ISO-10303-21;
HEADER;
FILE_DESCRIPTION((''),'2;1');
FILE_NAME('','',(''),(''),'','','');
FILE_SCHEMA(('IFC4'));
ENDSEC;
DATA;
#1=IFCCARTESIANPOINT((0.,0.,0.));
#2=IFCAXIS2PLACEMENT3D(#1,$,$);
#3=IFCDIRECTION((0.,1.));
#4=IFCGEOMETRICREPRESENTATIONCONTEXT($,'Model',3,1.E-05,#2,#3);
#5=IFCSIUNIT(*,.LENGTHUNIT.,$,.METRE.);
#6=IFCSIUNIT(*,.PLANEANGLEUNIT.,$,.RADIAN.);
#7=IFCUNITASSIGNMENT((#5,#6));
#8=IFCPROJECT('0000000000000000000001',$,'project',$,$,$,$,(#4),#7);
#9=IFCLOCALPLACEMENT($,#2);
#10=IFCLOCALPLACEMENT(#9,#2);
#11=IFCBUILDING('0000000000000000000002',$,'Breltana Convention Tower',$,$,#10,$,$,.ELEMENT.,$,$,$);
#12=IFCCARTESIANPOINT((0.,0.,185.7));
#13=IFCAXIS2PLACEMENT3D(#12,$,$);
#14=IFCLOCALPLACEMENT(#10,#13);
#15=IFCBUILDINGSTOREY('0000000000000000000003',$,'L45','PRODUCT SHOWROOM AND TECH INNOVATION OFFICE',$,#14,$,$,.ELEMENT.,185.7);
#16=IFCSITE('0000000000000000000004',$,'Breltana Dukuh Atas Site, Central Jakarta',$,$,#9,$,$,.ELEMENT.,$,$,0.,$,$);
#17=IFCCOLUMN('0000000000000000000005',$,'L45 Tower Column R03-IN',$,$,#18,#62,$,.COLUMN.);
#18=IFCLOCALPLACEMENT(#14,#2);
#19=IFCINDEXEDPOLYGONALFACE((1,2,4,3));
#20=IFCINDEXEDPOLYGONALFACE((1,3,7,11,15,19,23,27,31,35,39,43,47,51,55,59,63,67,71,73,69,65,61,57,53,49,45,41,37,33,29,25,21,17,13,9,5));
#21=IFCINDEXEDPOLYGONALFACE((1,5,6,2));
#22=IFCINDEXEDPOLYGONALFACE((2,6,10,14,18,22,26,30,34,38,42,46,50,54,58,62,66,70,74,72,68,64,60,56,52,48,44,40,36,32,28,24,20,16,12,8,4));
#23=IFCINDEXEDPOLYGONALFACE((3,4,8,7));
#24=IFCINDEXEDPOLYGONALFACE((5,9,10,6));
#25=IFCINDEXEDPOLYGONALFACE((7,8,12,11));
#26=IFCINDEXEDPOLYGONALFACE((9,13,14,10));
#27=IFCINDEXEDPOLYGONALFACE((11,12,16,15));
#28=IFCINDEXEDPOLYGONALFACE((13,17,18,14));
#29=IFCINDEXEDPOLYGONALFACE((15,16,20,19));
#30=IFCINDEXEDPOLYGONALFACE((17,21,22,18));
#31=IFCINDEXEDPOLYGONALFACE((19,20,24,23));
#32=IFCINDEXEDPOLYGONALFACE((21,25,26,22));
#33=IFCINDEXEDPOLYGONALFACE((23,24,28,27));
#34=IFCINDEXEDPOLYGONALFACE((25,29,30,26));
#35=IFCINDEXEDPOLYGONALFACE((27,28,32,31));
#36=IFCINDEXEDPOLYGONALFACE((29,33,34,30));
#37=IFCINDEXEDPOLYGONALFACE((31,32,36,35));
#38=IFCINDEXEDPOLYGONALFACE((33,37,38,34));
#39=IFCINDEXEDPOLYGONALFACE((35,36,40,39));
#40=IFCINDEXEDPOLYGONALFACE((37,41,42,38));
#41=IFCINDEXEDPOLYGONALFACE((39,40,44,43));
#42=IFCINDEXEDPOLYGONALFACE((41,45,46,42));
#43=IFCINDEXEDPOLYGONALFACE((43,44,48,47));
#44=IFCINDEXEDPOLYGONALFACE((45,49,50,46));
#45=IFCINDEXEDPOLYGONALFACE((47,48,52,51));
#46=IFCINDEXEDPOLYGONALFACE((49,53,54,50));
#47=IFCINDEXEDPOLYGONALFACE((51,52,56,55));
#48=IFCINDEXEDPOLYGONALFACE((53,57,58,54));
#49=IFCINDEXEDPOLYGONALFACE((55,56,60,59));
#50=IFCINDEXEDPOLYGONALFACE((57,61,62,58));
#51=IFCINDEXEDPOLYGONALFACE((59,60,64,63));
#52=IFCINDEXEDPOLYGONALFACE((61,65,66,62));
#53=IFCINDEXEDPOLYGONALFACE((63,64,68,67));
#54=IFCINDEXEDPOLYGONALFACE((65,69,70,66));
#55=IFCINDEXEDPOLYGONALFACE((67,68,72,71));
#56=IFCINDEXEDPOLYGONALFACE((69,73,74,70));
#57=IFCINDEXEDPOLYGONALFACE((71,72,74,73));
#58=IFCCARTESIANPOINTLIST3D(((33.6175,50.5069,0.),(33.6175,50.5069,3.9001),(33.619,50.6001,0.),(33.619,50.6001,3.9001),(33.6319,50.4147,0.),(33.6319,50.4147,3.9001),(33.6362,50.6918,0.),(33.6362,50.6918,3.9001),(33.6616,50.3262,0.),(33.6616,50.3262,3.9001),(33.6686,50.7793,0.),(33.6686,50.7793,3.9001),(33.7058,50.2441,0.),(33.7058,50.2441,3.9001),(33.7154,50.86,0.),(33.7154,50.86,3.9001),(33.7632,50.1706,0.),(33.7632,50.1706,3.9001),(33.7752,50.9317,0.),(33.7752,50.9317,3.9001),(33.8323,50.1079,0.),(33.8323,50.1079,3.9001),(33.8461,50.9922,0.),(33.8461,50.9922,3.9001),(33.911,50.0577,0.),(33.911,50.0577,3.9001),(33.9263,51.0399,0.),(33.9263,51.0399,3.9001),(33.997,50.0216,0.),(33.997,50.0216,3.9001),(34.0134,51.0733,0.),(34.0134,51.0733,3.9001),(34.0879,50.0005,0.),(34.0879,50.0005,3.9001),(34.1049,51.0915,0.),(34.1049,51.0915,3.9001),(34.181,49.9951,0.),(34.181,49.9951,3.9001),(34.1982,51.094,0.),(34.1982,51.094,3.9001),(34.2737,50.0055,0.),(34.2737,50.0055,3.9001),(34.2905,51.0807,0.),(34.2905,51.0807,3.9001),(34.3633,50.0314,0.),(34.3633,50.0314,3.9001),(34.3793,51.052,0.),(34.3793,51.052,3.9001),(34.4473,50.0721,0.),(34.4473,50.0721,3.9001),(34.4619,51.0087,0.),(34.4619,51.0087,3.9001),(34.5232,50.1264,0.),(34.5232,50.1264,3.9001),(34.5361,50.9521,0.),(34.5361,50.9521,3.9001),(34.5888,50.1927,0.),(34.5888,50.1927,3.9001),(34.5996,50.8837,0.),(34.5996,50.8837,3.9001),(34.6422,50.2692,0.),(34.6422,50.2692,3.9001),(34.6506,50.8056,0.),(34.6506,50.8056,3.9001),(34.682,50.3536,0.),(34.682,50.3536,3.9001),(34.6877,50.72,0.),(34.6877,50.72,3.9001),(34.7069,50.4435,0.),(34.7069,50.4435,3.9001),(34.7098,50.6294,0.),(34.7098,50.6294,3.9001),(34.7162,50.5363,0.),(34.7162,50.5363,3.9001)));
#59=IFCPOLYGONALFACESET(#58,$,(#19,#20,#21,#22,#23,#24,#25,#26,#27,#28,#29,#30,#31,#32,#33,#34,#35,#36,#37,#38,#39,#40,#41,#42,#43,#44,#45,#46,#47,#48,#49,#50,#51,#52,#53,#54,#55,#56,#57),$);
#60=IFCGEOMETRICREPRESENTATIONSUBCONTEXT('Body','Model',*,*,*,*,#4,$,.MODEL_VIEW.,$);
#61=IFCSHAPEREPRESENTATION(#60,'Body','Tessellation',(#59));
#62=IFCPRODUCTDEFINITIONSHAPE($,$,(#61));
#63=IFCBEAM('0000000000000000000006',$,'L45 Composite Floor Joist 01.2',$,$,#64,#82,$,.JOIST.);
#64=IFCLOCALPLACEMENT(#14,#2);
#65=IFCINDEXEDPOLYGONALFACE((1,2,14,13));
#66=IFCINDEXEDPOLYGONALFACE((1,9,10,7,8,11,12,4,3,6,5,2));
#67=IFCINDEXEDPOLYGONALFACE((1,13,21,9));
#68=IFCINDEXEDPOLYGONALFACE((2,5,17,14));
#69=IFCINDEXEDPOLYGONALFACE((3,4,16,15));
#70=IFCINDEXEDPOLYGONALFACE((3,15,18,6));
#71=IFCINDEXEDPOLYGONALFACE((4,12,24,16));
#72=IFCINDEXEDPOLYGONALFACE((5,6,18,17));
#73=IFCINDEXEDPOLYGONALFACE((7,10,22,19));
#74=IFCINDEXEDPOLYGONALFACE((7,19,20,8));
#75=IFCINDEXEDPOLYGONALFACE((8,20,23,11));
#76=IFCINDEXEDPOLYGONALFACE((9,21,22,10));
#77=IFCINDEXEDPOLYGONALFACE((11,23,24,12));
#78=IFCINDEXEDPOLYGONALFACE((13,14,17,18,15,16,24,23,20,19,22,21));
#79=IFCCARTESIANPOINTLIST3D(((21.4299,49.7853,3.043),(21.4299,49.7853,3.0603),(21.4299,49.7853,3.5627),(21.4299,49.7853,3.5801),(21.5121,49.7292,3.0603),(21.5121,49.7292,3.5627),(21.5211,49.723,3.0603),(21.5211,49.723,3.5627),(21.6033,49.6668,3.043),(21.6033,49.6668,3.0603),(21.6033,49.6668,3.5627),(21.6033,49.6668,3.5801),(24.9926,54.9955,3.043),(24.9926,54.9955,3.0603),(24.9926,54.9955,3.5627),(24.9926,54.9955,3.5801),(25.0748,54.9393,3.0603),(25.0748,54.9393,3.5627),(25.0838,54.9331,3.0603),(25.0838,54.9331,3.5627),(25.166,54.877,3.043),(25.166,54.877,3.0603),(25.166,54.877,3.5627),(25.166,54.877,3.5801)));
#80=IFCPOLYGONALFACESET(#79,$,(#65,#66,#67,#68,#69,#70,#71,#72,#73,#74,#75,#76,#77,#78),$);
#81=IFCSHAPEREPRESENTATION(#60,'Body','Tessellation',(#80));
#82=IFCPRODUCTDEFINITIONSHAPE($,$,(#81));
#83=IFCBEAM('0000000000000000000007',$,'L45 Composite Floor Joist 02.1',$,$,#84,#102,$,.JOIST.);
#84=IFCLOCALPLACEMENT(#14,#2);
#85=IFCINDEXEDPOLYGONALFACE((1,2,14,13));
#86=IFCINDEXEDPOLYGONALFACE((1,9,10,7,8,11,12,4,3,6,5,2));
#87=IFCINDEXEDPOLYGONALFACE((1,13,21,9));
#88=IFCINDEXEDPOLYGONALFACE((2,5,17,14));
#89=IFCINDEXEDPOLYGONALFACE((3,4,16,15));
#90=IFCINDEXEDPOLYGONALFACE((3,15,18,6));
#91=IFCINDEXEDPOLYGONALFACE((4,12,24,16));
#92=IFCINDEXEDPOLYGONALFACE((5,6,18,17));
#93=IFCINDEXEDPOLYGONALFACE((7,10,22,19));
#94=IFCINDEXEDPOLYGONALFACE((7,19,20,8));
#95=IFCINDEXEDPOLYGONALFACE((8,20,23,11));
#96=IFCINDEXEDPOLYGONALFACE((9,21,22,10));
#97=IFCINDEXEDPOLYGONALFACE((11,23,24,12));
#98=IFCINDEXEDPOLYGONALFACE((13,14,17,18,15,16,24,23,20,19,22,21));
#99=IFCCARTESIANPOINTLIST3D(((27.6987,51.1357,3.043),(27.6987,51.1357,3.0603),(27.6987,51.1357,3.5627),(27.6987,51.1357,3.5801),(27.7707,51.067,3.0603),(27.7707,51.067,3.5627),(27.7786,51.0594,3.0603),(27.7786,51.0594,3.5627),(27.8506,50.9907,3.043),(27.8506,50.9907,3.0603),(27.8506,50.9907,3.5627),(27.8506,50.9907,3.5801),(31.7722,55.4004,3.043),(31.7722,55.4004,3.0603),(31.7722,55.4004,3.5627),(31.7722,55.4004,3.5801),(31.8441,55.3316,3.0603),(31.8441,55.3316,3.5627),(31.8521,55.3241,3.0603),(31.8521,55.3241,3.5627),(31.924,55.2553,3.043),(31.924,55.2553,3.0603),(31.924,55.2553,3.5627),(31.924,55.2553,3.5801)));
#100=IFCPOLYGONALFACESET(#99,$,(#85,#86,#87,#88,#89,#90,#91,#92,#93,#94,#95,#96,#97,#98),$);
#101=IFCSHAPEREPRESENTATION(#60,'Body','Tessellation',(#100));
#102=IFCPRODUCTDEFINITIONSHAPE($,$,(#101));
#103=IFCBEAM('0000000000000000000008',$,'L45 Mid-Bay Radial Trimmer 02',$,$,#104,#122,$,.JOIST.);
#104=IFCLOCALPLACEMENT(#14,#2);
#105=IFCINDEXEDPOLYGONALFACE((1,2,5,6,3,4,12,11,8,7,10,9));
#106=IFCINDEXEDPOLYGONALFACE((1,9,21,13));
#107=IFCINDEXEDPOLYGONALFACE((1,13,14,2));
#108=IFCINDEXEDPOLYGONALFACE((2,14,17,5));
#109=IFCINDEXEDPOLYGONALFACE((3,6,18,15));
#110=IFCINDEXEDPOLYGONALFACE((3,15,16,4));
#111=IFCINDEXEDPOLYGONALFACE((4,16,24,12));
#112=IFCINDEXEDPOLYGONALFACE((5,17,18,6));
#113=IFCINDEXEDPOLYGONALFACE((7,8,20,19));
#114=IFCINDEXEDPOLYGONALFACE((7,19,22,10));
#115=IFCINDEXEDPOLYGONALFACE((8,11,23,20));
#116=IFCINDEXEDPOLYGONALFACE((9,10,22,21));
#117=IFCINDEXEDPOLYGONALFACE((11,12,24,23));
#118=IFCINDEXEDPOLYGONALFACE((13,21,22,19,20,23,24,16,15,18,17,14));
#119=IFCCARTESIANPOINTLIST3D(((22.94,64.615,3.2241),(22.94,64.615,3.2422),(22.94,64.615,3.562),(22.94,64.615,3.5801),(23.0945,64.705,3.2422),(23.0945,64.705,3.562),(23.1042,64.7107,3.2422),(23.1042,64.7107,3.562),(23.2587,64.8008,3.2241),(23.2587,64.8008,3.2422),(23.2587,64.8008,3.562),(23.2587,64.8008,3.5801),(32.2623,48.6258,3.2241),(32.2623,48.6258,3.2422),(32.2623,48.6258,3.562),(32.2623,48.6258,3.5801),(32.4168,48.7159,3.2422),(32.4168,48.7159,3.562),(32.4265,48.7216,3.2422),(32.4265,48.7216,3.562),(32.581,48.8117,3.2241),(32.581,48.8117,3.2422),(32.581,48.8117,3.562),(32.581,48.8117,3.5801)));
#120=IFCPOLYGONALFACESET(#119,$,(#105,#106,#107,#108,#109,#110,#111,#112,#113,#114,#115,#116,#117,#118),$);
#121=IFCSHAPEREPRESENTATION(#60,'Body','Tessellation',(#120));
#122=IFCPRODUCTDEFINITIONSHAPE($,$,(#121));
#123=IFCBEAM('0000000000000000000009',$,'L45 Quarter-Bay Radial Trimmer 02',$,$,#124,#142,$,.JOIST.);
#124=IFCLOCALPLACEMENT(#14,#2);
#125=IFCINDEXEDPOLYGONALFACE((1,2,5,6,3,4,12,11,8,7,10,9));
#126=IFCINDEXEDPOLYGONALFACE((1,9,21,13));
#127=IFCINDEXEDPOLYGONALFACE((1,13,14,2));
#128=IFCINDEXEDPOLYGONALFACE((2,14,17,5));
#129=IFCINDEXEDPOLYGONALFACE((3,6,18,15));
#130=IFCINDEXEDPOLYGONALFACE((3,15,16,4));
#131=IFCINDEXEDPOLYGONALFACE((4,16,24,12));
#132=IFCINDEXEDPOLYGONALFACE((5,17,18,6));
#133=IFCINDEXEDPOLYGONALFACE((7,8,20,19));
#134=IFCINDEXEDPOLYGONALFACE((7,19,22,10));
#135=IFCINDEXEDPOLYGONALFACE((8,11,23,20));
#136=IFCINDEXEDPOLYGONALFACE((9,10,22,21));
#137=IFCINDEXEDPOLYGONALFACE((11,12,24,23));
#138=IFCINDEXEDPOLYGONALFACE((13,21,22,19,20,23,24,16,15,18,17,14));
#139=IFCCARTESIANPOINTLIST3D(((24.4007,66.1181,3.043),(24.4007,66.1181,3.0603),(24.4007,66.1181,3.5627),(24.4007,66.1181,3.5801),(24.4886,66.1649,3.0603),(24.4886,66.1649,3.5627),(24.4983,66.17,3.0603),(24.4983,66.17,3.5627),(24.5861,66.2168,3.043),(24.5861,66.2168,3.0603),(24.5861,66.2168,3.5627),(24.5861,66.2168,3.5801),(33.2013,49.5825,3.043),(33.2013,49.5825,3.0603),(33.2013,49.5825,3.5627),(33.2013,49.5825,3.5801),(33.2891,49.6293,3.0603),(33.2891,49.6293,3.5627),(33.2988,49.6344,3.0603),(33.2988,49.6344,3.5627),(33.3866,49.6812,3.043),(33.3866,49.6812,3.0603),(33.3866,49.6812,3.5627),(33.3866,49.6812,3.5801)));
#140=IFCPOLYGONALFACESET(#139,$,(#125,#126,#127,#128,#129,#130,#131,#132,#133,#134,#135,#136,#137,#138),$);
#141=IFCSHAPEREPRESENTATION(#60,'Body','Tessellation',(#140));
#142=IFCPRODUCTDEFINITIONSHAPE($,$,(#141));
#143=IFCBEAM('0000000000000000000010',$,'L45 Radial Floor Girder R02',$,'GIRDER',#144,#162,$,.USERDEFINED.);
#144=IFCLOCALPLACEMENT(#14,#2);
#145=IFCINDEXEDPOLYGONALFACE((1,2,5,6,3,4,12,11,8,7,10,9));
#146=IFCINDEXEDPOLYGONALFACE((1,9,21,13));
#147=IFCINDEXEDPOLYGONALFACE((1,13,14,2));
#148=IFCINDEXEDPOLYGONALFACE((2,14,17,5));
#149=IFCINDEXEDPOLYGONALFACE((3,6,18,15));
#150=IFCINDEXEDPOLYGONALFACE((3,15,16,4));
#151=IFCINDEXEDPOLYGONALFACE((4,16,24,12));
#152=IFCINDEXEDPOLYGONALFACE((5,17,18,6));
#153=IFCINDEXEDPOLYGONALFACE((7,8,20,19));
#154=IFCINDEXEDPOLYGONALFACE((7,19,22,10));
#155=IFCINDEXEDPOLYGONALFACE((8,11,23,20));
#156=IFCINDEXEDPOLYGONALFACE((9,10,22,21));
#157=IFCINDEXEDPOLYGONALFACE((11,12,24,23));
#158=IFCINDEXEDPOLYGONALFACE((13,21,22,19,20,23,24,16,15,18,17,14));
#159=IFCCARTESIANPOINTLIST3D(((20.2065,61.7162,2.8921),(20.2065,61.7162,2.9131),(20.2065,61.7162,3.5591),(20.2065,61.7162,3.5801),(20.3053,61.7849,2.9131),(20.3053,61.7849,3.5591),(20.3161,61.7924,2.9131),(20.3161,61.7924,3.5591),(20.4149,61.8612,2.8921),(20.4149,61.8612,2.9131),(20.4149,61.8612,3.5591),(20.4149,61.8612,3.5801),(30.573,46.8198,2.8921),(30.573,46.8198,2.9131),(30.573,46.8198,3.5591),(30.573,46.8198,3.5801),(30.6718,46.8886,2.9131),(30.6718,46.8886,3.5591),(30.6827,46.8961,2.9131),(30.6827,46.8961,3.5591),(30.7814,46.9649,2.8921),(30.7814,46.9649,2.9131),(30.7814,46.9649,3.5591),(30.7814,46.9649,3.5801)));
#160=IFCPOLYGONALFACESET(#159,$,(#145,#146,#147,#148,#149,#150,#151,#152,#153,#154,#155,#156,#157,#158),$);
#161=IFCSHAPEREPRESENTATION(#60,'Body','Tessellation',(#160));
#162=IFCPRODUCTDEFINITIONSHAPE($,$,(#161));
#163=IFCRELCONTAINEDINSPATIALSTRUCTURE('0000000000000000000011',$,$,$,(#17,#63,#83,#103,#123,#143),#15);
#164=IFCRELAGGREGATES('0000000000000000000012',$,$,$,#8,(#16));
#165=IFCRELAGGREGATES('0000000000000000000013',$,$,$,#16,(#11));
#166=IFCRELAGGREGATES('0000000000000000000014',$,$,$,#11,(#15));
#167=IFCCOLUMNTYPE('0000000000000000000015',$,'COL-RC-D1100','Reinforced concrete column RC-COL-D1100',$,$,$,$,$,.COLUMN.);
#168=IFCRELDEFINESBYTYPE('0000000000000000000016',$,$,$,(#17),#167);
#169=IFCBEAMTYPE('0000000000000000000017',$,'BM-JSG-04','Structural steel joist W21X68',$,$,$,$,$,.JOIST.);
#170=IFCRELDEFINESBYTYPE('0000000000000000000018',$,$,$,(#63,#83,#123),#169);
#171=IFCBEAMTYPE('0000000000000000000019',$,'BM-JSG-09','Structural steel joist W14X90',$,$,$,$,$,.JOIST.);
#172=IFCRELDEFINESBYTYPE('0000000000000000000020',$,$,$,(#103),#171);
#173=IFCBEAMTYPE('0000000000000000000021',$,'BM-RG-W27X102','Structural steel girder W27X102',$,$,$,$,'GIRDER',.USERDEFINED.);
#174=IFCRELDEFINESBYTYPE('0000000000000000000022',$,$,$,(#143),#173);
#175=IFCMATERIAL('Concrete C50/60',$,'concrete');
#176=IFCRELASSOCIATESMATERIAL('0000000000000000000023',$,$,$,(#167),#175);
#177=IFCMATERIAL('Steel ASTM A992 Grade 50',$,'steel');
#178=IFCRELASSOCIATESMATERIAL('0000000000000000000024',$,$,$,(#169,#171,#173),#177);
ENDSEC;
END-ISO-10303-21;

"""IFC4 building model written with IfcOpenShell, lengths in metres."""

from ifc_helpers import new_model, si_unit, direction, frame, origin, origin_2d, place, context, subcontext, project, spatial, circle, i_section, extrude, source, transform, mapped, material, material_profile, profile_set, type_object, element, save


model = new_model("IFC4")

# Units and contexts
model_context = context("Model", 3, precision=1e-05, world=origin(), true_north=direction((0.0, 1.0)))
body_context = subcontext(model_context, "Body", "Model", "MODEL_VIEW")
ifc_project = project(units=[si_unit("LENGTHUNIT", "METRE"), si_unit("PLANEANGLEUNIT", "RADIAN")], contexts=[model_context])

# Site, building, storey
site_placement = place(None, origin())
site = spatial("IfcSite", under=ifc_project, at=site_placement, Name="Breltana Dukuh Atas Site, Central Jakarta", CompositionType="ELEMENT", RefElevation=0.0)
building_placement = place(site_placement, origin())
building = spatial("IfcBuilding", under=site, at=building_placement, Name="Breltana Convention Tower", CompositionType="ELEMENT")
storey_placement = place(building_placement, frame((0.0, 0.0, 185.7)))
storey = spatial("IfcBuildingStorey", under=building, at=storey_placement, Name="L45", Description="PRODUCT SHOWROOM AND TECH INNOVATION OFFICE", CompositionType="ELEMENT", Elevation=185.7)

# Column
ifc_material_1 = material(Name="Concrete C50/60", Category="concrete")
ifc_material_profile_1 = material_profile(ifc_material_1, circle(Radius=0.55, at=origin_2d()), Name="RC-COL-D1100")
ifc_profile_set_1 = profile_set([ifc_material_profile_1], Name="Concrete C50/60")
column_type = type_object("IfcColumnType", Name="COL-RC-D1100", Description="Reinforced concrete column RC-COL-D1100", PredefinedType="COLUMN", material=ifc_profile_set_1)
shared_shape_1 = source(origin(), body_context, "Body", "SweptSolid", [
    extrude(circle(Radius=0.55, at=origin_2d()), origin(), (0.0, 0.0, 1.0), 3.9001),
])
for number, where, z_axis, x_axis, name in (
    (1, (34.1663, 50.5449, 0.0), (0.0, 0.0, 1.0), (-0.436174, 0.899863, 0.0), "L45 Tower Column R03-IN"),
):
    element("IfcColumn", number, at=place(storey_placement, frame(where, z_axis=z_axis, x_axis=x_axis)), inside=storey, type_object=column_type, Name=name, PredefinedType="COLUMN", context=body_context, shape_type="MappedRepresentation", body=[
        mapped(shared_shape_1, transform((0.0, 0.0, 0.0), scale=1.0)),
    ])

# Beams
ifc_material_2 = material(Name="Steel ASTM A992 Grade 50", Category="steel")
ifc_material_profile_2 = material_profile(ifc_material_2, i_section(OverallWidth=0.21, OverallDepth=0.5371, WebThickness=0.011, FlangeThickness=0.0173, at=origin_2d()), Name="W21X68")
ifc_profile_set_2 = profile_set([ifc_material_profile_2], Name="Steel ASTM A992 Grade 50")
beam_type_1 = type_object("IfcBeamType", Name="BM-JSG-04", Description="Structural steel joist W21X68", PredefinedType="JOIST", material=ifc_profile_set_2)
shared_shape_2 = source(origin(), body_context, "Body", "SweptSolid", [
    extrude(i_section(OverallWidth=0.21, OverallDepth=0.5371, WebThickness=0.011, FlangeThickness=0.0173, at=origin_2d()), origin(), (0.0, 0.0, 1.0), 6.3118),
])
beam_1_placement = place(storey_placement, frame((21.5166, 49.7261, 3.3115), z_axis=(0.564454, 0.825465, 0.0), x_axis=(-0.825465, 0.564454, 0.0)))
element("IfcBeam", 2, at=beam_1_placement, inside=storey, type_object=beam_type_1, Name="L45 Composite Floor Joist 01.2", PredefinedType="JOIST", context=body_context, shape_type="MappedRepresentation", body=[
    mapped(shared_shape_2, transform((0.0, 0.0, 0.0), scale=1.0)),
])
shared_shape_3 = source(origin(), body_context, "Body", "SweptSolid", [
    extrude(i_section(OverallWidth=0.21, OverallDepth=0.5371, WebThickness=0.011, FlangeThickness=0.0173, at=origin_2d()), origin(), (0.0, 0.0, 1.0), 5.8975),
])
beam_2_placement = place(storey_placement, frame((27.7747, 51.0632, 3.3115), z_axis=(0.690714, 0.723128, 0.0), x_axis=(-0.723128, 0.690714, 0.0)))
element("IfcBeam", 3, at=beam_2_placement, inside=storey, type_object=beam_type_1, Name="L45 Composite Floor Joist 02.1", PredefinedType="JOIST", context=body_context, shape_type="MappedRepresentation", body=[
    mapped(shared_shape_3, transform((0.0, 0.0, 0.0), scale=1.0)),
])
ifc_material_profile_3 = material_profile(ifc_material_2, i_section(OverallWidth=0.3689, OverallDepth=0.356, WebThickness=0.0112, FlangeThickness=0.0181, at=origin_2d()), Name="W14X90")
ifc_profile_set_3 = profile_set([ifc_material_profile_3], Name="Steel ASTM A992 Grade 50")
beam_type_2 = type_object("IfcBeamType", Name="BM-JSG-09", Description="Structural steel joist W14X90", PredefinedType="JOIST", material=ifc_profile_set_3)
shared_shape_4 = source(origin(), body_context, "Body", "SweptSolid", [
    extrude(i_section(OverallWidth=0.3689, OverallDepth=0.356, WebThickness=0.0112, FlangeThickness=0.0181, at=origin_2d()), origin(), (0.0, 0.0, 1.0), 18.5083),
])
beam_3_placement = place(storey_placement, frame((32.4216, 48.7188, 3.4021), z_axis=(-0.503683, 0.863888, 0.0), x_axis=(-0.863888, -0.503683, 0.0)))
element("IfcBeam", 4, at=beam_3_placement, inside=storey, type_object=beam_type_2, Name="L45 Mid-Bay Radial Trimmer 02", PredefinedType="JOIST", context=body_context, shape_type="MappedRepresentation", body=[
    mapped(shared_shape_4, transform((0.0, 0.0, 0.0), scale=1.0)),
])
shared_shape_5 = source(origin(), body_context, "Body", "SweptSolid", [
    extrude(i_section(OverallWidth=0.21, OverallDepth=0.5371, WebThickness=0.011, FlangeThickness=0.0173, at=origin_2d()), origin(), (0.0, 0.0, 1.0), 18.7317),
])
beam_4_placement = place(storey_placement, frame((33.2939, 49.6318, 3.3115), z_axis=(-0.46982, 0.882762, 0.0), x_axis=(-0.882762, -0.46982, 0.0)))
element("IfcBeam", 5, at=beam_4_placement, inside=storey, type_object=beam_type_1, Name="L45 Quarter-Bay Radial Trimmer 02", PredefinedType="JOIST", context=body_context, shape_type="MappedRepresentation", body=[
    mapped(shared_shape_5, transform((0.0, 0.0, 0.0), scale=1.0)),
])
ifc_material_profile_4 = material_profile(ifc_material_2, i_section(OverallWidth=0.2539, OverallDepth=0.688, WebThickness=0.0132, FlangeThickness=0.021, at=origin_2d()), Name="W27X102")
ifc_profile_set_4 = profile_set([ifc_material_profile_4], Name="Steel ASTM A992 Grade 50")
beam_type_3 = type_object("IfcBeamType", Name="BM-RG-W27X102", Description="Structural steel girder W27X102", ElementType="GIRDER", PredefinedType="USERDEFINED", material=ifc_profile_set_4)
shared_shape_6 = source(origin(), body_context, "Body", "SweptSolid", [
    extrude(i_section(OverallWidth=0.2539, OverallDepth=0.688, WebThickness=0.0132, FlangeThickness=0.021, at=origin_2d()), origin(), (0.0, 0.0, 1.0), 18.1484),
])
beam_5_placement = place(storey_placement, frame((30.6772, 46.8923, 3.2361), z_axis=(-0.571208, 0.820806, 0.0), x_axis=(-0.820806, -0.571208, 0.0)))
element("IfcBeam", 6, at=beam_5_placement, inside=storey, type_object=beam_type_3, Name="L45 Radial Floor Girder R02", ObjectType="GIRDER", PredefinedType="USERDEFINED", context=body_context, shape_type="MappedRepresentation", body=[
    mapped(shared_shape_6, transform((0.0, 0.0, 0.0), scale=1.0)),
])

save(model, "model.ifc")
